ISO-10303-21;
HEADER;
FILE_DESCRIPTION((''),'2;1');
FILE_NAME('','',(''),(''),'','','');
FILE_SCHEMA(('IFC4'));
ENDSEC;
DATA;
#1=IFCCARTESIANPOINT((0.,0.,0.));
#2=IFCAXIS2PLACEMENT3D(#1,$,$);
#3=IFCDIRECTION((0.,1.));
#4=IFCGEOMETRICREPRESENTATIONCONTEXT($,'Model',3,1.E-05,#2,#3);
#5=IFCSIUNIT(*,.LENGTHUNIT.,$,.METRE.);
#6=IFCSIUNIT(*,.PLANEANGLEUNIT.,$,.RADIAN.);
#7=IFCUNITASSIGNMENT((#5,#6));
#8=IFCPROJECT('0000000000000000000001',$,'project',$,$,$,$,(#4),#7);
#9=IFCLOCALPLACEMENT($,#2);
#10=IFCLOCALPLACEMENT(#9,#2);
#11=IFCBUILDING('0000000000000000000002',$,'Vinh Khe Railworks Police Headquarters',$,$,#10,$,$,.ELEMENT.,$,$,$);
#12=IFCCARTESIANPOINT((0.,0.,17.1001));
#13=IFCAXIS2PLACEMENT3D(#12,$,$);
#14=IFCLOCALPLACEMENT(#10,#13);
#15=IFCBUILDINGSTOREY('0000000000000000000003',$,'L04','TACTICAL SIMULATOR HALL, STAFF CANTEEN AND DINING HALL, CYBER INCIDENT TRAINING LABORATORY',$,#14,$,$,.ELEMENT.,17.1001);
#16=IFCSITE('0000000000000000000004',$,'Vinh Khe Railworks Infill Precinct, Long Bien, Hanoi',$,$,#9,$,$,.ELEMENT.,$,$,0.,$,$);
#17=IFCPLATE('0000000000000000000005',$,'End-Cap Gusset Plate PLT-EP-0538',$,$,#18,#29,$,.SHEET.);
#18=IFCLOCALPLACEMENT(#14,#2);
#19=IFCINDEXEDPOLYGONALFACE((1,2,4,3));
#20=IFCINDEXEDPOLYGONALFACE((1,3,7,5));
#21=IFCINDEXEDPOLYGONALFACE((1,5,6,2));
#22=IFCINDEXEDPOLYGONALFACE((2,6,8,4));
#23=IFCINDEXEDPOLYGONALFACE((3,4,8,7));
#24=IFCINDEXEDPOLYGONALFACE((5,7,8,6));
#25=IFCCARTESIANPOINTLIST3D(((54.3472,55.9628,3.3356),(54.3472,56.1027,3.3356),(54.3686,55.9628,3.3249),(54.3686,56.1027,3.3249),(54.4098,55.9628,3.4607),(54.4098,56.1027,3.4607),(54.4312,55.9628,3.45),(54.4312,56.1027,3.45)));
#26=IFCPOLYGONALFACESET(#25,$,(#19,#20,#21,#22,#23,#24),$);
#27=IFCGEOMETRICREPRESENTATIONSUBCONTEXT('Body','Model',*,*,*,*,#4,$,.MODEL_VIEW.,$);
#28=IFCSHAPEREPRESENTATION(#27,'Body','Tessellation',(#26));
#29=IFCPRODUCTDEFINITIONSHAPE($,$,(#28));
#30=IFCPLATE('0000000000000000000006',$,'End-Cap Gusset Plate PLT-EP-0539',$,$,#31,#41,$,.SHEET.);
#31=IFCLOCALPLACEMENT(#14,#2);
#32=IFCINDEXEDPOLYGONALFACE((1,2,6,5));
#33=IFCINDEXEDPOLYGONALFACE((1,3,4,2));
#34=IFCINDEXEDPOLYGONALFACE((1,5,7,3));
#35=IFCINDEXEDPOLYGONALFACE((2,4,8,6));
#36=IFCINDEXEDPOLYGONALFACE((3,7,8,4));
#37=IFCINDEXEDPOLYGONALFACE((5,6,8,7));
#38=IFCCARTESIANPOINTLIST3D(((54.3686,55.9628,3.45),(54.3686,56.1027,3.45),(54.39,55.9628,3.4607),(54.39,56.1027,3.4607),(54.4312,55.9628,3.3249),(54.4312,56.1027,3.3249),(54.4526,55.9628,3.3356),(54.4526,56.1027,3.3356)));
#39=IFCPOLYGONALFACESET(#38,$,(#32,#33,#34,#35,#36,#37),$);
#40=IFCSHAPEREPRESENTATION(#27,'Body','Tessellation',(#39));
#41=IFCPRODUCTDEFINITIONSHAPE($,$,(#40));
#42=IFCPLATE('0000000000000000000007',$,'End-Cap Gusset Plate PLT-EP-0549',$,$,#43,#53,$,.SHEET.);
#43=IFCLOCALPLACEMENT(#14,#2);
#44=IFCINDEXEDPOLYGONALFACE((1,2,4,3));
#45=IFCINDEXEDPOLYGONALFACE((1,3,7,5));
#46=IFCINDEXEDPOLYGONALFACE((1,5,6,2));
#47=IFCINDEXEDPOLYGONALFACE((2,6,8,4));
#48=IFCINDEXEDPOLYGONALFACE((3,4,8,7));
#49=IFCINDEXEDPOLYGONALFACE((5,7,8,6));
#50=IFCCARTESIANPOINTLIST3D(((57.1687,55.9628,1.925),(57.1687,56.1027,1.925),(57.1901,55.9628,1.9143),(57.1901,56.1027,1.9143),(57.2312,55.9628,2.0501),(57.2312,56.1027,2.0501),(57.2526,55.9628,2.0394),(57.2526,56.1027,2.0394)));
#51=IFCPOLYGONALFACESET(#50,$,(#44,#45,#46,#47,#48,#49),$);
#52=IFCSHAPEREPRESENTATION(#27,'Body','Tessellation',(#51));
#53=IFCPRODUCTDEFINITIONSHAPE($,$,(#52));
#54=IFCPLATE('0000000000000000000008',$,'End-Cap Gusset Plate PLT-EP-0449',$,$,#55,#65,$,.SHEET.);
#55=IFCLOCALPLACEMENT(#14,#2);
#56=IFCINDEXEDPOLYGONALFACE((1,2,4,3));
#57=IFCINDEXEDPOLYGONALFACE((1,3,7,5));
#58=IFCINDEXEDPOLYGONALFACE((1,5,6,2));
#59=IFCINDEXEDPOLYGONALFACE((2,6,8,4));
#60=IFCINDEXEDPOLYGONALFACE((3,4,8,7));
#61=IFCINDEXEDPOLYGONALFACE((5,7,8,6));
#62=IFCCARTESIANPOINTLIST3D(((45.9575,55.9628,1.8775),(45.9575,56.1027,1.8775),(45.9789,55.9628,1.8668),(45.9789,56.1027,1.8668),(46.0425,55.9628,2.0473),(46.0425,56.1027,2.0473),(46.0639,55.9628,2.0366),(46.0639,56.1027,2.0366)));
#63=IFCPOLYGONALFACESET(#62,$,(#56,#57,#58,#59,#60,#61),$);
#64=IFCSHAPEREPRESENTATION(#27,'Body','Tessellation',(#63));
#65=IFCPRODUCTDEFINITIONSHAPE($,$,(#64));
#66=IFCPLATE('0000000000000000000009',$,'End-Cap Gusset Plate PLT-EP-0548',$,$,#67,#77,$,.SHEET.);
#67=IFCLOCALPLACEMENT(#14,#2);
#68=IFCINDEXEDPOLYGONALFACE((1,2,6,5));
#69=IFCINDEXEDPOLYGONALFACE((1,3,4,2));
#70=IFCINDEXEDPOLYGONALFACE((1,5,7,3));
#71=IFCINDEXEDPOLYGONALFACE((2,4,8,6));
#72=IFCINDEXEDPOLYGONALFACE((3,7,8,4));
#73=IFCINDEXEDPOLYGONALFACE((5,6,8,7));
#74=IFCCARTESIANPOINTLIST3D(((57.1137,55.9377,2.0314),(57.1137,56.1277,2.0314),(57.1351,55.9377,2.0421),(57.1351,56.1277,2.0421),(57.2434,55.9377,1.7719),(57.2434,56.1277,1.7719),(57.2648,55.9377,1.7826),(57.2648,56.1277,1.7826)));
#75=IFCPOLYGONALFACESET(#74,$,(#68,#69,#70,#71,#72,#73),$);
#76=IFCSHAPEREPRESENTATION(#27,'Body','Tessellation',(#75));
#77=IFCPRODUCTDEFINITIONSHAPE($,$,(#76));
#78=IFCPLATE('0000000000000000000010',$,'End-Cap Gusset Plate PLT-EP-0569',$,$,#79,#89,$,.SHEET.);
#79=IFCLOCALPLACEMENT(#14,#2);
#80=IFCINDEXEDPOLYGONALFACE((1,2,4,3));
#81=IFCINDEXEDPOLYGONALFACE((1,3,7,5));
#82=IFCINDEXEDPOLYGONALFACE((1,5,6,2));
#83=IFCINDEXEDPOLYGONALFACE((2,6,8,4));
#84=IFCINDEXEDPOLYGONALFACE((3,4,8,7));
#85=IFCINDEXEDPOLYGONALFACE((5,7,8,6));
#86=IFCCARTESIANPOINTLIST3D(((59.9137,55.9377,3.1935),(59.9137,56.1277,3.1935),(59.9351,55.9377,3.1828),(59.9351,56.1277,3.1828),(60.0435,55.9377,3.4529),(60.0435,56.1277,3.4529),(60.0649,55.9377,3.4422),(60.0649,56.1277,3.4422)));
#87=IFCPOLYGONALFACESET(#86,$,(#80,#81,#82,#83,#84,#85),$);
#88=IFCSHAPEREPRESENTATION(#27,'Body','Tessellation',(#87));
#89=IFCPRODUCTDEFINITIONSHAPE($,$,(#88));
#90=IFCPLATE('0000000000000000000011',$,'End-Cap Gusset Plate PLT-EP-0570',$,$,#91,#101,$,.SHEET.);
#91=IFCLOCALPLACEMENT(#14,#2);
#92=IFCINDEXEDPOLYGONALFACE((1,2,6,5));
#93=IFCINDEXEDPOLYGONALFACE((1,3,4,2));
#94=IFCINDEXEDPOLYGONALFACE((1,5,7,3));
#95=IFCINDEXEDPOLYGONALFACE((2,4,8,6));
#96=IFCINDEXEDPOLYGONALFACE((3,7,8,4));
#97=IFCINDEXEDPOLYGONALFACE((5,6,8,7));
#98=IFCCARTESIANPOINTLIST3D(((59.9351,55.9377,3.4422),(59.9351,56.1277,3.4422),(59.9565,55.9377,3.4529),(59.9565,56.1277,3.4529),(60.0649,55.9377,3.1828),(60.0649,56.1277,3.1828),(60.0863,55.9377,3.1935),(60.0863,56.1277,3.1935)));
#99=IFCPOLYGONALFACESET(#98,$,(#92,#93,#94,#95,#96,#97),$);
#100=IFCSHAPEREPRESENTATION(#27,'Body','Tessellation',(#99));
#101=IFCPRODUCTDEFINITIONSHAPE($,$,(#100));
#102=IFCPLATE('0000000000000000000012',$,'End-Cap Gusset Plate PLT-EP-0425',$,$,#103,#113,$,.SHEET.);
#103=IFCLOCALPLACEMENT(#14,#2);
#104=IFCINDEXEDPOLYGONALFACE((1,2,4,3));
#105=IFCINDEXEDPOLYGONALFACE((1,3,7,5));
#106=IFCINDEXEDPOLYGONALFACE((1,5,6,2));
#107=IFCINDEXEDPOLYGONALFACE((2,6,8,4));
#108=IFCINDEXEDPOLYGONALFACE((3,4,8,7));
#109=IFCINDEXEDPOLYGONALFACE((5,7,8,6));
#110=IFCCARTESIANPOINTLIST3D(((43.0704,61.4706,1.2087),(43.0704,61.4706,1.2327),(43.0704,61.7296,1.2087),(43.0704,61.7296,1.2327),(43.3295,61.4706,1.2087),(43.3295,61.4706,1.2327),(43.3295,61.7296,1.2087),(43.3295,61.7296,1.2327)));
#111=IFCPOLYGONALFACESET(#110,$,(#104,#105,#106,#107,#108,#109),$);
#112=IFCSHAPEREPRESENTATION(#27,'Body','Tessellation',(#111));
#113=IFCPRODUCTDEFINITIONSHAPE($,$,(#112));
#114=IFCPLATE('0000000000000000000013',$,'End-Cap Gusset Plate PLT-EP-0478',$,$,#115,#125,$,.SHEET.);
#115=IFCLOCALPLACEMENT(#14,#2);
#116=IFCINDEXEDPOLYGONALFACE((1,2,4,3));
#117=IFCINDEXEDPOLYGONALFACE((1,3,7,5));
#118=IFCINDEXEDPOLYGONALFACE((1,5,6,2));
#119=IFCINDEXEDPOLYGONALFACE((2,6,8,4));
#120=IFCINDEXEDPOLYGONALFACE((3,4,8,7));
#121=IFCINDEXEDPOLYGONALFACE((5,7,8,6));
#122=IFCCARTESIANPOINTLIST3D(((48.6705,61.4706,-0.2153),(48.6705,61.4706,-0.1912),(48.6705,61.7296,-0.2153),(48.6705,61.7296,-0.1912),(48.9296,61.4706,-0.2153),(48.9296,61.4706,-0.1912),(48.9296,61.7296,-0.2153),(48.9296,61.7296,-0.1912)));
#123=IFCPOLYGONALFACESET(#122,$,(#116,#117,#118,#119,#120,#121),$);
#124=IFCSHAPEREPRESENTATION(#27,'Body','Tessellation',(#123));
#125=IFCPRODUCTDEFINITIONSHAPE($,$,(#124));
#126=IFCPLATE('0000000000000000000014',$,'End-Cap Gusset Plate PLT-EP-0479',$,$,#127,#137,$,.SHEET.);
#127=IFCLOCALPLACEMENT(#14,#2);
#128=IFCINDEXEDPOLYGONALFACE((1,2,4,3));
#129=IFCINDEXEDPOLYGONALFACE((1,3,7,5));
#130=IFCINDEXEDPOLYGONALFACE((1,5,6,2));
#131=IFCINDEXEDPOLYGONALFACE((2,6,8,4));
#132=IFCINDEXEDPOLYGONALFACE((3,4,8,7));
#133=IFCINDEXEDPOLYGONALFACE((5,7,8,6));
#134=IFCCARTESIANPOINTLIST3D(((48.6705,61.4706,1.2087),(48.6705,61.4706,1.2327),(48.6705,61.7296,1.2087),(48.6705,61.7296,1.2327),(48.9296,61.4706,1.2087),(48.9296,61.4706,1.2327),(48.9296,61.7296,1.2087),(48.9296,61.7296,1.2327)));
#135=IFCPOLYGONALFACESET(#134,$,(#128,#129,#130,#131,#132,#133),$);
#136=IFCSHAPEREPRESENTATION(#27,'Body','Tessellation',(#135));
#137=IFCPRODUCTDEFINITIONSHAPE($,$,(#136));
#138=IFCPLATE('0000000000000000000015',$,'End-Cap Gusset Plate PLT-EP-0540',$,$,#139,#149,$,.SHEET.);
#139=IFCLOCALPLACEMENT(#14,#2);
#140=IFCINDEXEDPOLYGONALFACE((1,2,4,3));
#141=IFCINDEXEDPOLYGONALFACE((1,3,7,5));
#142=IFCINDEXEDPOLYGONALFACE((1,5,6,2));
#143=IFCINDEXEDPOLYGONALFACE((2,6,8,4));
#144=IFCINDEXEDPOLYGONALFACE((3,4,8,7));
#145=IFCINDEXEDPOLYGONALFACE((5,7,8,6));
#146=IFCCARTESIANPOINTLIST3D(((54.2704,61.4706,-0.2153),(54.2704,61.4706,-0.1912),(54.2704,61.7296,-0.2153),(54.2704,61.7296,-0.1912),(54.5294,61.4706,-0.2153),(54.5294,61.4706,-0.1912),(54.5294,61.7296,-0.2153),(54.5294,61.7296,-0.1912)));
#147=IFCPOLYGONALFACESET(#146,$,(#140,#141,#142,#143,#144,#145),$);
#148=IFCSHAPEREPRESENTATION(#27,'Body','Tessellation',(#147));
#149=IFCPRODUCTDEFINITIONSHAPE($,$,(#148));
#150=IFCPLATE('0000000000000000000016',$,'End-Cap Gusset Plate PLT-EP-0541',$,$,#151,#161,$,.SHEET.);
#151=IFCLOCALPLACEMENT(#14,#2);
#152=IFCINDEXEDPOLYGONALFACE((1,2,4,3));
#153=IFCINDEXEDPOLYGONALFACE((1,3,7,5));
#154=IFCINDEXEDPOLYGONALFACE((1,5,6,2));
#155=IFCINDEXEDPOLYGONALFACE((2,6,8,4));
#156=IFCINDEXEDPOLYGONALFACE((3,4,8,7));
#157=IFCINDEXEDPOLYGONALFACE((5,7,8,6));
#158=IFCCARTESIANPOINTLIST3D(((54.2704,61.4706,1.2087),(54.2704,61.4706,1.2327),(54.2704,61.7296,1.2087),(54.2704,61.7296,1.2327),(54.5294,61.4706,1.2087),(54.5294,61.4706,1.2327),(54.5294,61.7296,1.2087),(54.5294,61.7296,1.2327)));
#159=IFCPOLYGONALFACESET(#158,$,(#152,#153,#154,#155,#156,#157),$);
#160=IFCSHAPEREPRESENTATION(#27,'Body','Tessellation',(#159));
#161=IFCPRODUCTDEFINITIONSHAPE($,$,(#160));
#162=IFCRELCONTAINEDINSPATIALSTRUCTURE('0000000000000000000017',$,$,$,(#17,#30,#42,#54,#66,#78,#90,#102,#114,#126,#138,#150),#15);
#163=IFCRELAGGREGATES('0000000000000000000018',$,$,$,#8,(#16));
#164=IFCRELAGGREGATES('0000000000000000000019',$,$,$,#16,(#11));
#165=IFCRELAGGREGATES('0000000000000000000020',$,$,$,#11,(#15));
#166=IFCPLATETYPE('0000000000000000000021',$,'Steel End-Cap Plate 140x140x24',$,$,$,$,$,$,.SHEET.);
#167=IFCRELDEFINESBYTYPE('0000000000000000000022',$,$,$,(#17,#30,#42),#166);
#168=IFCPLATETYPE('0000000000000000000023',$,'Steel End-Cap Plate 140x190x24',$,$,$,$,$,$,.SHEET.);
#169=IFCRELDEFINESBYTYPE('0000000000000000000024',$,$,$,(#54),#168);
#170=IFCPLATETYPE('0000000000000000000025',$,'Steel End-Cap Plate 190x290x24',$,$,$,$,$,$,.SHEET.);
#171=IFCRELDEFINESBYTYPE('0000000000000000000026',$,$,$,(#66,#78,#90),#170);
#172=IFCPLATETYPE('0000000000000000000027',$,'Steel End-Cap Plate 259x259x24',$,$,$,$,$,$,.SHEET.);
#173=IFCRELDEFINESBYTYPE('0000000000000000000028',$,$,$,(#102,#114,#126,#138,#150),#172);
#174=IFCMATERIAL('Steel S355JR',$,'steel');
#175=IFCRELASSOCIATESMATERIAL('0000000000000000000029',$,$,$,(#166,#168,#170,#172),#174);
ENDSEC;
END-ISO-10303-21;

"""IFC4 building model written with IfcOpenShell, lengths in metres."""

from ifc_helpers import new_model, si_unit, direction, frame, origin, origin_2d, place, context, subcontext, project, spatial, rectangle, extrude, material, material_profile, profile_set, type_object, element, save


model = new_model("IFC4")

# Units and contexts
model_context = context("Model", 3, precision=1e-05, world=origin(), true_north=direction((0.0, 1.0)))
body_context = subcontext(model_context, "Body", "Model", "MODEL_VIEW")
ifc_project = project(units=[si_unit("LENGTHUNIT", "METRE"), si_unit("PLANEANGLEUNIT", "RADIAN")], contexts=[model_context])

# Site, building, storey
site_placement = place(None, origin())
site = spatial("IfcSite", under=ifc_project, at=site_placement, Name="Vinh Khe Railworks Infill Precinct, Long Bien, Hanoi", CompositionType="ELEMENT", RefElevation=0.0)
building_placement = place(site_placement, origin())
building = spatial("IfcBuilding", under=site, at=building_placement, Name="Vinh Khe Railworks Police Headquarters", CompositionType="ELEMENT")
storey_placement = place(building_placement, frame((0.0, 0.0, 17.1001)))
storey = spatial("IfcBuildingStorey", under=building, at=storey_placement, Name="L04", Description="TACTICAL SIMULATOR HALL, STAFF CANTEEN AND DINING HALL, CYBER INCIDENT TRAINING LABORATORY", CompositionType="ELEMENT", Elevation=17.1001)

# Shared definitions
ifc_material = material(Name="Steel S355JR", Category="steel")

# Plates
ifc_material_profile_1 = material_profile(ifc_material, rectangle(XDim=0.1399, YDim=0.1399, at=origin_2d()), Name="PL 140x140")
ifc_profile_set_1 = profile_set([ifc_material_profile_1], Name="Steel S355JR")
plate_type_1 = type_object("IfcPlateType", Name="Steel End-Cap Plate 140x140x24", PredefinedType="SHEET", material=ifc_profile_set_1)
for number, where, z_axis, x_axis, name in (
    (1, (54.3999, 56.0327, 3.3875), (-0.894427, 0.0, 0.447214), (0.0, -1.0, 0.0), "End-Cap Gusset Plate PLT-EP-0538"),
    (2, (54.3999, 56.0327, 3.3875), (0.894427, 0.0, 0.447214), (0.0, 1.0, 0.0), "End-Cap Gusset Plate PLT-EP-0539"),
    (3, (57.2, 56.0327, 1.9875), (0.894427, 0.0, -0.447214), (0.0, 1.0, 0.0), "End-Cap Gusset Plate PLT-EP-0549"),
):
    element("IfcPlate", number, at=place(storey_placement, frame(where, z_axis=z_axis, x_axis=x_axis)), inside=storey, type_object=plate_type_1, Name=name, PredefinedType="SHEET", context=body_context, shape_type="SweptSolid", body=[
        extrude(rectangle(XDim=0.1399, YDim=0.1399, at=origin_2d()), origin(), (0.0, 0.0, 1.0), 0.0239),
    ])
ifc_material_profile_2 = material_profile(ifc_material, rectangle(XDim=0.1399, YDim=0.1899, at=origin_2d()), Name="PL 140x190")
ifc_profile_set_2 = profile_set([ifc_material_profile_2], Name="Steel S355JR")
plate_type_2 = type_object("IfcPlateType", Name="Steel End-Cap Plate 140x190x24", PredefinedType="SHEET", material=ifc_profile_set_2)
plate_1_placement = place(storey_placement, frame((46.0, 56.0327, 1.9624), z_axis=(0.894427, 0.0, -0.447214), x_axis=(0.0, 1.0, 0.0)))
element("IfcPlate", 4, at=plate_1_placement, inside=storey, type_object=plate_type_2, Name="End-Cap Gusset Plate PLT-EP-0449", PredefinedType="SHEET", context=body_context, shape_type="SweptSolid", body=[
    extrude(rectangle(XDim=0.1399, YDim=0.1899, at=origin_2d()), origin(), (0.0, 0.0, 1.0), 0.0239),
])
ifc_material_profile_3 = material_profile(ifc_material, rectangle(XDim=0.1899, YDim=0.29, at=origin_2d()), Name="PL 190x290")
ifc_profile_set_3 = profile_set([ifc_material_profile_3], Name="Steel S355JR")
plate_type_3 = type_object("IfcPlateType", Name="Steel End-Cap Plate 190x290x24", PredefinedType="SHEET", material=ifc_profile_set_3)
for number, where, z_axis, x_axis, name in (
    (5, (57.2, 56.0327, 1.9124), (-0.894427, 0.0, -0.447214), (0.0, -1.0, 0.0), "End-Cap Gusset Plate PLT-EP-0548"),
    (6, (60.0, 56.0327, 3.3125), (-0.894427, 0.0, 0.447214), (0.0, -1.0, 0.0), "End-Cap Gusset Plate PLT-EP-0569"),
    (7, (60.0, 56.0327, 3.3125), (0.894427, 0.0, 0.447214), (0.0, 1.0, 0.0), "End-Cap Gusset Plate PLT-EP-0570"),
):
    element("IfcPlate", number, at=place(storey_placement, frame(where, z_axis=z_axis, x_axis=x_axis)), inside=storey, type_object=plate_type_3, Name=name, PredefinedType="SHEET", context=body_context, shape_type="SweptSolid", body=[
        extrude(rectangle(XDim=0.1899, YDim=0.29, at=origin_2d()), origin(), (0.0, 0.0, 1.0), 0.0239),
    ])
ifc_material_profile_4 = material_profile(ifc_material, rectangle(XDim=0.259, YDim=0.259, at=origin_2d()), Name="PL 259x259")
ifc_profile_set_4 = profile_set([ifc_material_profile_4], Name="Steel S355JR")
plate_type_4 = type_object("IfcPlateType", Name="Steel End-Cap Plate 259x259x24", PredefinedType="SHEET", material=ifc_profile_set_4)
plate_2_placement = place(storey_placement, frame((43.2, 61.6001, 1.2087), z_axis=(0.0, 0.0, 1.0), x_axis=(1.0, 0.0, 0.0)))
element("IfcPlate", 8, at=plate_2_placement, inside=storey, type_object=plate_type_4, Name="End-Cap Gusset Plate PLT-EP-0425", PredefinedType="SHEET", context=body_context, shape_type="SweptSolid", body=[
    extrude(rectangle(XDim=0.259, YDim=0.259, at=origin_2d()), origin(), (0.0, 0.0, 1.0), 0.0239),
])
plate_3_placement = place(storey_placement, frame((48.8, 61.6001, -0.1912), z_axis=(0.0, 0.0, -1.0), x_axis=(1.0, 0.0, 0.0)))
element("IfcPlate", 9, at=plate_3_placement, inside=storey, type_object=plate_type_4, Name="End-Cap Gusset Plate PLT-EP-0478", PredefinedType="SHEET", context=body_context, shape_type="SweptSolid", body=[
    extrude(rectangle(XDim=0.259, YDim=0.259, at=origin_2d()), origin(), (0.0, 0.0, 1.0), 0.0242),
])
plate_4_placement = place(storey_placement, frame((48.8, 61.6001, 1.2087), z_axis=(0.0, 0.0, 1.0), x_axis=(1.0, 0.0, 0.0)))
element("IfcPlate", 10, at=plate_4_placement, inside=storey, type_object=plate_type_4, Name="End-Cap Gusset Plate PLT-EP-0479", PredefinedType="SHEET", context=body_context, shape_type="SweptSolid", body=[
    extrude(rectangle(XDim=0.259, YDim=0.259, at=origin_2d()), origin(), (0.0, 0.0, 1.0), 0.0239),
])
plate_5_placement = place(storey_placement, frame((54.3999, 61.6001, -0.1912), z_axis=(0.0, 0.0, -1.0), x_axis=(1.0, 0.0, 0.0)))
element("IfcPlate", 11, at=plate_5_placement, inside=storey, type_object=plate_type_4, Name="End-Cap Gusset Plate PLT-EP-0540", PredefinedType="SHEET", context=body_context, shape_type="SweptSolid", body=[
    extrude(rectangle(XDim=0.259, YDim=0.259, at=origin_2d()), origin(), (0.0, 0.0, 1.0), 0.0242),
])
plate_6_placement = place(storey_placement, frame((54.3999, 61.6001, 1.2087), z_axis=(0.0, 0.0, 1.0), x_axis=(1.0, 0.0, 0.0)))
element("IfcPlate", 12, at=plate_6_placement, inside=storey, type_object=plate_type_4, Name="End-Cap Gusset Plate PLT-EP-0541", PredefinedType="SHEET", context=body_context, shape_type="SweptSolid", body=[
    extrude(rectangle(XDim=0.259, YDim=0.259, at=origin_2d()), origin(), (0.0, 0.0, 1.0), 0.0239),
])

save(model, "model.ifc")
